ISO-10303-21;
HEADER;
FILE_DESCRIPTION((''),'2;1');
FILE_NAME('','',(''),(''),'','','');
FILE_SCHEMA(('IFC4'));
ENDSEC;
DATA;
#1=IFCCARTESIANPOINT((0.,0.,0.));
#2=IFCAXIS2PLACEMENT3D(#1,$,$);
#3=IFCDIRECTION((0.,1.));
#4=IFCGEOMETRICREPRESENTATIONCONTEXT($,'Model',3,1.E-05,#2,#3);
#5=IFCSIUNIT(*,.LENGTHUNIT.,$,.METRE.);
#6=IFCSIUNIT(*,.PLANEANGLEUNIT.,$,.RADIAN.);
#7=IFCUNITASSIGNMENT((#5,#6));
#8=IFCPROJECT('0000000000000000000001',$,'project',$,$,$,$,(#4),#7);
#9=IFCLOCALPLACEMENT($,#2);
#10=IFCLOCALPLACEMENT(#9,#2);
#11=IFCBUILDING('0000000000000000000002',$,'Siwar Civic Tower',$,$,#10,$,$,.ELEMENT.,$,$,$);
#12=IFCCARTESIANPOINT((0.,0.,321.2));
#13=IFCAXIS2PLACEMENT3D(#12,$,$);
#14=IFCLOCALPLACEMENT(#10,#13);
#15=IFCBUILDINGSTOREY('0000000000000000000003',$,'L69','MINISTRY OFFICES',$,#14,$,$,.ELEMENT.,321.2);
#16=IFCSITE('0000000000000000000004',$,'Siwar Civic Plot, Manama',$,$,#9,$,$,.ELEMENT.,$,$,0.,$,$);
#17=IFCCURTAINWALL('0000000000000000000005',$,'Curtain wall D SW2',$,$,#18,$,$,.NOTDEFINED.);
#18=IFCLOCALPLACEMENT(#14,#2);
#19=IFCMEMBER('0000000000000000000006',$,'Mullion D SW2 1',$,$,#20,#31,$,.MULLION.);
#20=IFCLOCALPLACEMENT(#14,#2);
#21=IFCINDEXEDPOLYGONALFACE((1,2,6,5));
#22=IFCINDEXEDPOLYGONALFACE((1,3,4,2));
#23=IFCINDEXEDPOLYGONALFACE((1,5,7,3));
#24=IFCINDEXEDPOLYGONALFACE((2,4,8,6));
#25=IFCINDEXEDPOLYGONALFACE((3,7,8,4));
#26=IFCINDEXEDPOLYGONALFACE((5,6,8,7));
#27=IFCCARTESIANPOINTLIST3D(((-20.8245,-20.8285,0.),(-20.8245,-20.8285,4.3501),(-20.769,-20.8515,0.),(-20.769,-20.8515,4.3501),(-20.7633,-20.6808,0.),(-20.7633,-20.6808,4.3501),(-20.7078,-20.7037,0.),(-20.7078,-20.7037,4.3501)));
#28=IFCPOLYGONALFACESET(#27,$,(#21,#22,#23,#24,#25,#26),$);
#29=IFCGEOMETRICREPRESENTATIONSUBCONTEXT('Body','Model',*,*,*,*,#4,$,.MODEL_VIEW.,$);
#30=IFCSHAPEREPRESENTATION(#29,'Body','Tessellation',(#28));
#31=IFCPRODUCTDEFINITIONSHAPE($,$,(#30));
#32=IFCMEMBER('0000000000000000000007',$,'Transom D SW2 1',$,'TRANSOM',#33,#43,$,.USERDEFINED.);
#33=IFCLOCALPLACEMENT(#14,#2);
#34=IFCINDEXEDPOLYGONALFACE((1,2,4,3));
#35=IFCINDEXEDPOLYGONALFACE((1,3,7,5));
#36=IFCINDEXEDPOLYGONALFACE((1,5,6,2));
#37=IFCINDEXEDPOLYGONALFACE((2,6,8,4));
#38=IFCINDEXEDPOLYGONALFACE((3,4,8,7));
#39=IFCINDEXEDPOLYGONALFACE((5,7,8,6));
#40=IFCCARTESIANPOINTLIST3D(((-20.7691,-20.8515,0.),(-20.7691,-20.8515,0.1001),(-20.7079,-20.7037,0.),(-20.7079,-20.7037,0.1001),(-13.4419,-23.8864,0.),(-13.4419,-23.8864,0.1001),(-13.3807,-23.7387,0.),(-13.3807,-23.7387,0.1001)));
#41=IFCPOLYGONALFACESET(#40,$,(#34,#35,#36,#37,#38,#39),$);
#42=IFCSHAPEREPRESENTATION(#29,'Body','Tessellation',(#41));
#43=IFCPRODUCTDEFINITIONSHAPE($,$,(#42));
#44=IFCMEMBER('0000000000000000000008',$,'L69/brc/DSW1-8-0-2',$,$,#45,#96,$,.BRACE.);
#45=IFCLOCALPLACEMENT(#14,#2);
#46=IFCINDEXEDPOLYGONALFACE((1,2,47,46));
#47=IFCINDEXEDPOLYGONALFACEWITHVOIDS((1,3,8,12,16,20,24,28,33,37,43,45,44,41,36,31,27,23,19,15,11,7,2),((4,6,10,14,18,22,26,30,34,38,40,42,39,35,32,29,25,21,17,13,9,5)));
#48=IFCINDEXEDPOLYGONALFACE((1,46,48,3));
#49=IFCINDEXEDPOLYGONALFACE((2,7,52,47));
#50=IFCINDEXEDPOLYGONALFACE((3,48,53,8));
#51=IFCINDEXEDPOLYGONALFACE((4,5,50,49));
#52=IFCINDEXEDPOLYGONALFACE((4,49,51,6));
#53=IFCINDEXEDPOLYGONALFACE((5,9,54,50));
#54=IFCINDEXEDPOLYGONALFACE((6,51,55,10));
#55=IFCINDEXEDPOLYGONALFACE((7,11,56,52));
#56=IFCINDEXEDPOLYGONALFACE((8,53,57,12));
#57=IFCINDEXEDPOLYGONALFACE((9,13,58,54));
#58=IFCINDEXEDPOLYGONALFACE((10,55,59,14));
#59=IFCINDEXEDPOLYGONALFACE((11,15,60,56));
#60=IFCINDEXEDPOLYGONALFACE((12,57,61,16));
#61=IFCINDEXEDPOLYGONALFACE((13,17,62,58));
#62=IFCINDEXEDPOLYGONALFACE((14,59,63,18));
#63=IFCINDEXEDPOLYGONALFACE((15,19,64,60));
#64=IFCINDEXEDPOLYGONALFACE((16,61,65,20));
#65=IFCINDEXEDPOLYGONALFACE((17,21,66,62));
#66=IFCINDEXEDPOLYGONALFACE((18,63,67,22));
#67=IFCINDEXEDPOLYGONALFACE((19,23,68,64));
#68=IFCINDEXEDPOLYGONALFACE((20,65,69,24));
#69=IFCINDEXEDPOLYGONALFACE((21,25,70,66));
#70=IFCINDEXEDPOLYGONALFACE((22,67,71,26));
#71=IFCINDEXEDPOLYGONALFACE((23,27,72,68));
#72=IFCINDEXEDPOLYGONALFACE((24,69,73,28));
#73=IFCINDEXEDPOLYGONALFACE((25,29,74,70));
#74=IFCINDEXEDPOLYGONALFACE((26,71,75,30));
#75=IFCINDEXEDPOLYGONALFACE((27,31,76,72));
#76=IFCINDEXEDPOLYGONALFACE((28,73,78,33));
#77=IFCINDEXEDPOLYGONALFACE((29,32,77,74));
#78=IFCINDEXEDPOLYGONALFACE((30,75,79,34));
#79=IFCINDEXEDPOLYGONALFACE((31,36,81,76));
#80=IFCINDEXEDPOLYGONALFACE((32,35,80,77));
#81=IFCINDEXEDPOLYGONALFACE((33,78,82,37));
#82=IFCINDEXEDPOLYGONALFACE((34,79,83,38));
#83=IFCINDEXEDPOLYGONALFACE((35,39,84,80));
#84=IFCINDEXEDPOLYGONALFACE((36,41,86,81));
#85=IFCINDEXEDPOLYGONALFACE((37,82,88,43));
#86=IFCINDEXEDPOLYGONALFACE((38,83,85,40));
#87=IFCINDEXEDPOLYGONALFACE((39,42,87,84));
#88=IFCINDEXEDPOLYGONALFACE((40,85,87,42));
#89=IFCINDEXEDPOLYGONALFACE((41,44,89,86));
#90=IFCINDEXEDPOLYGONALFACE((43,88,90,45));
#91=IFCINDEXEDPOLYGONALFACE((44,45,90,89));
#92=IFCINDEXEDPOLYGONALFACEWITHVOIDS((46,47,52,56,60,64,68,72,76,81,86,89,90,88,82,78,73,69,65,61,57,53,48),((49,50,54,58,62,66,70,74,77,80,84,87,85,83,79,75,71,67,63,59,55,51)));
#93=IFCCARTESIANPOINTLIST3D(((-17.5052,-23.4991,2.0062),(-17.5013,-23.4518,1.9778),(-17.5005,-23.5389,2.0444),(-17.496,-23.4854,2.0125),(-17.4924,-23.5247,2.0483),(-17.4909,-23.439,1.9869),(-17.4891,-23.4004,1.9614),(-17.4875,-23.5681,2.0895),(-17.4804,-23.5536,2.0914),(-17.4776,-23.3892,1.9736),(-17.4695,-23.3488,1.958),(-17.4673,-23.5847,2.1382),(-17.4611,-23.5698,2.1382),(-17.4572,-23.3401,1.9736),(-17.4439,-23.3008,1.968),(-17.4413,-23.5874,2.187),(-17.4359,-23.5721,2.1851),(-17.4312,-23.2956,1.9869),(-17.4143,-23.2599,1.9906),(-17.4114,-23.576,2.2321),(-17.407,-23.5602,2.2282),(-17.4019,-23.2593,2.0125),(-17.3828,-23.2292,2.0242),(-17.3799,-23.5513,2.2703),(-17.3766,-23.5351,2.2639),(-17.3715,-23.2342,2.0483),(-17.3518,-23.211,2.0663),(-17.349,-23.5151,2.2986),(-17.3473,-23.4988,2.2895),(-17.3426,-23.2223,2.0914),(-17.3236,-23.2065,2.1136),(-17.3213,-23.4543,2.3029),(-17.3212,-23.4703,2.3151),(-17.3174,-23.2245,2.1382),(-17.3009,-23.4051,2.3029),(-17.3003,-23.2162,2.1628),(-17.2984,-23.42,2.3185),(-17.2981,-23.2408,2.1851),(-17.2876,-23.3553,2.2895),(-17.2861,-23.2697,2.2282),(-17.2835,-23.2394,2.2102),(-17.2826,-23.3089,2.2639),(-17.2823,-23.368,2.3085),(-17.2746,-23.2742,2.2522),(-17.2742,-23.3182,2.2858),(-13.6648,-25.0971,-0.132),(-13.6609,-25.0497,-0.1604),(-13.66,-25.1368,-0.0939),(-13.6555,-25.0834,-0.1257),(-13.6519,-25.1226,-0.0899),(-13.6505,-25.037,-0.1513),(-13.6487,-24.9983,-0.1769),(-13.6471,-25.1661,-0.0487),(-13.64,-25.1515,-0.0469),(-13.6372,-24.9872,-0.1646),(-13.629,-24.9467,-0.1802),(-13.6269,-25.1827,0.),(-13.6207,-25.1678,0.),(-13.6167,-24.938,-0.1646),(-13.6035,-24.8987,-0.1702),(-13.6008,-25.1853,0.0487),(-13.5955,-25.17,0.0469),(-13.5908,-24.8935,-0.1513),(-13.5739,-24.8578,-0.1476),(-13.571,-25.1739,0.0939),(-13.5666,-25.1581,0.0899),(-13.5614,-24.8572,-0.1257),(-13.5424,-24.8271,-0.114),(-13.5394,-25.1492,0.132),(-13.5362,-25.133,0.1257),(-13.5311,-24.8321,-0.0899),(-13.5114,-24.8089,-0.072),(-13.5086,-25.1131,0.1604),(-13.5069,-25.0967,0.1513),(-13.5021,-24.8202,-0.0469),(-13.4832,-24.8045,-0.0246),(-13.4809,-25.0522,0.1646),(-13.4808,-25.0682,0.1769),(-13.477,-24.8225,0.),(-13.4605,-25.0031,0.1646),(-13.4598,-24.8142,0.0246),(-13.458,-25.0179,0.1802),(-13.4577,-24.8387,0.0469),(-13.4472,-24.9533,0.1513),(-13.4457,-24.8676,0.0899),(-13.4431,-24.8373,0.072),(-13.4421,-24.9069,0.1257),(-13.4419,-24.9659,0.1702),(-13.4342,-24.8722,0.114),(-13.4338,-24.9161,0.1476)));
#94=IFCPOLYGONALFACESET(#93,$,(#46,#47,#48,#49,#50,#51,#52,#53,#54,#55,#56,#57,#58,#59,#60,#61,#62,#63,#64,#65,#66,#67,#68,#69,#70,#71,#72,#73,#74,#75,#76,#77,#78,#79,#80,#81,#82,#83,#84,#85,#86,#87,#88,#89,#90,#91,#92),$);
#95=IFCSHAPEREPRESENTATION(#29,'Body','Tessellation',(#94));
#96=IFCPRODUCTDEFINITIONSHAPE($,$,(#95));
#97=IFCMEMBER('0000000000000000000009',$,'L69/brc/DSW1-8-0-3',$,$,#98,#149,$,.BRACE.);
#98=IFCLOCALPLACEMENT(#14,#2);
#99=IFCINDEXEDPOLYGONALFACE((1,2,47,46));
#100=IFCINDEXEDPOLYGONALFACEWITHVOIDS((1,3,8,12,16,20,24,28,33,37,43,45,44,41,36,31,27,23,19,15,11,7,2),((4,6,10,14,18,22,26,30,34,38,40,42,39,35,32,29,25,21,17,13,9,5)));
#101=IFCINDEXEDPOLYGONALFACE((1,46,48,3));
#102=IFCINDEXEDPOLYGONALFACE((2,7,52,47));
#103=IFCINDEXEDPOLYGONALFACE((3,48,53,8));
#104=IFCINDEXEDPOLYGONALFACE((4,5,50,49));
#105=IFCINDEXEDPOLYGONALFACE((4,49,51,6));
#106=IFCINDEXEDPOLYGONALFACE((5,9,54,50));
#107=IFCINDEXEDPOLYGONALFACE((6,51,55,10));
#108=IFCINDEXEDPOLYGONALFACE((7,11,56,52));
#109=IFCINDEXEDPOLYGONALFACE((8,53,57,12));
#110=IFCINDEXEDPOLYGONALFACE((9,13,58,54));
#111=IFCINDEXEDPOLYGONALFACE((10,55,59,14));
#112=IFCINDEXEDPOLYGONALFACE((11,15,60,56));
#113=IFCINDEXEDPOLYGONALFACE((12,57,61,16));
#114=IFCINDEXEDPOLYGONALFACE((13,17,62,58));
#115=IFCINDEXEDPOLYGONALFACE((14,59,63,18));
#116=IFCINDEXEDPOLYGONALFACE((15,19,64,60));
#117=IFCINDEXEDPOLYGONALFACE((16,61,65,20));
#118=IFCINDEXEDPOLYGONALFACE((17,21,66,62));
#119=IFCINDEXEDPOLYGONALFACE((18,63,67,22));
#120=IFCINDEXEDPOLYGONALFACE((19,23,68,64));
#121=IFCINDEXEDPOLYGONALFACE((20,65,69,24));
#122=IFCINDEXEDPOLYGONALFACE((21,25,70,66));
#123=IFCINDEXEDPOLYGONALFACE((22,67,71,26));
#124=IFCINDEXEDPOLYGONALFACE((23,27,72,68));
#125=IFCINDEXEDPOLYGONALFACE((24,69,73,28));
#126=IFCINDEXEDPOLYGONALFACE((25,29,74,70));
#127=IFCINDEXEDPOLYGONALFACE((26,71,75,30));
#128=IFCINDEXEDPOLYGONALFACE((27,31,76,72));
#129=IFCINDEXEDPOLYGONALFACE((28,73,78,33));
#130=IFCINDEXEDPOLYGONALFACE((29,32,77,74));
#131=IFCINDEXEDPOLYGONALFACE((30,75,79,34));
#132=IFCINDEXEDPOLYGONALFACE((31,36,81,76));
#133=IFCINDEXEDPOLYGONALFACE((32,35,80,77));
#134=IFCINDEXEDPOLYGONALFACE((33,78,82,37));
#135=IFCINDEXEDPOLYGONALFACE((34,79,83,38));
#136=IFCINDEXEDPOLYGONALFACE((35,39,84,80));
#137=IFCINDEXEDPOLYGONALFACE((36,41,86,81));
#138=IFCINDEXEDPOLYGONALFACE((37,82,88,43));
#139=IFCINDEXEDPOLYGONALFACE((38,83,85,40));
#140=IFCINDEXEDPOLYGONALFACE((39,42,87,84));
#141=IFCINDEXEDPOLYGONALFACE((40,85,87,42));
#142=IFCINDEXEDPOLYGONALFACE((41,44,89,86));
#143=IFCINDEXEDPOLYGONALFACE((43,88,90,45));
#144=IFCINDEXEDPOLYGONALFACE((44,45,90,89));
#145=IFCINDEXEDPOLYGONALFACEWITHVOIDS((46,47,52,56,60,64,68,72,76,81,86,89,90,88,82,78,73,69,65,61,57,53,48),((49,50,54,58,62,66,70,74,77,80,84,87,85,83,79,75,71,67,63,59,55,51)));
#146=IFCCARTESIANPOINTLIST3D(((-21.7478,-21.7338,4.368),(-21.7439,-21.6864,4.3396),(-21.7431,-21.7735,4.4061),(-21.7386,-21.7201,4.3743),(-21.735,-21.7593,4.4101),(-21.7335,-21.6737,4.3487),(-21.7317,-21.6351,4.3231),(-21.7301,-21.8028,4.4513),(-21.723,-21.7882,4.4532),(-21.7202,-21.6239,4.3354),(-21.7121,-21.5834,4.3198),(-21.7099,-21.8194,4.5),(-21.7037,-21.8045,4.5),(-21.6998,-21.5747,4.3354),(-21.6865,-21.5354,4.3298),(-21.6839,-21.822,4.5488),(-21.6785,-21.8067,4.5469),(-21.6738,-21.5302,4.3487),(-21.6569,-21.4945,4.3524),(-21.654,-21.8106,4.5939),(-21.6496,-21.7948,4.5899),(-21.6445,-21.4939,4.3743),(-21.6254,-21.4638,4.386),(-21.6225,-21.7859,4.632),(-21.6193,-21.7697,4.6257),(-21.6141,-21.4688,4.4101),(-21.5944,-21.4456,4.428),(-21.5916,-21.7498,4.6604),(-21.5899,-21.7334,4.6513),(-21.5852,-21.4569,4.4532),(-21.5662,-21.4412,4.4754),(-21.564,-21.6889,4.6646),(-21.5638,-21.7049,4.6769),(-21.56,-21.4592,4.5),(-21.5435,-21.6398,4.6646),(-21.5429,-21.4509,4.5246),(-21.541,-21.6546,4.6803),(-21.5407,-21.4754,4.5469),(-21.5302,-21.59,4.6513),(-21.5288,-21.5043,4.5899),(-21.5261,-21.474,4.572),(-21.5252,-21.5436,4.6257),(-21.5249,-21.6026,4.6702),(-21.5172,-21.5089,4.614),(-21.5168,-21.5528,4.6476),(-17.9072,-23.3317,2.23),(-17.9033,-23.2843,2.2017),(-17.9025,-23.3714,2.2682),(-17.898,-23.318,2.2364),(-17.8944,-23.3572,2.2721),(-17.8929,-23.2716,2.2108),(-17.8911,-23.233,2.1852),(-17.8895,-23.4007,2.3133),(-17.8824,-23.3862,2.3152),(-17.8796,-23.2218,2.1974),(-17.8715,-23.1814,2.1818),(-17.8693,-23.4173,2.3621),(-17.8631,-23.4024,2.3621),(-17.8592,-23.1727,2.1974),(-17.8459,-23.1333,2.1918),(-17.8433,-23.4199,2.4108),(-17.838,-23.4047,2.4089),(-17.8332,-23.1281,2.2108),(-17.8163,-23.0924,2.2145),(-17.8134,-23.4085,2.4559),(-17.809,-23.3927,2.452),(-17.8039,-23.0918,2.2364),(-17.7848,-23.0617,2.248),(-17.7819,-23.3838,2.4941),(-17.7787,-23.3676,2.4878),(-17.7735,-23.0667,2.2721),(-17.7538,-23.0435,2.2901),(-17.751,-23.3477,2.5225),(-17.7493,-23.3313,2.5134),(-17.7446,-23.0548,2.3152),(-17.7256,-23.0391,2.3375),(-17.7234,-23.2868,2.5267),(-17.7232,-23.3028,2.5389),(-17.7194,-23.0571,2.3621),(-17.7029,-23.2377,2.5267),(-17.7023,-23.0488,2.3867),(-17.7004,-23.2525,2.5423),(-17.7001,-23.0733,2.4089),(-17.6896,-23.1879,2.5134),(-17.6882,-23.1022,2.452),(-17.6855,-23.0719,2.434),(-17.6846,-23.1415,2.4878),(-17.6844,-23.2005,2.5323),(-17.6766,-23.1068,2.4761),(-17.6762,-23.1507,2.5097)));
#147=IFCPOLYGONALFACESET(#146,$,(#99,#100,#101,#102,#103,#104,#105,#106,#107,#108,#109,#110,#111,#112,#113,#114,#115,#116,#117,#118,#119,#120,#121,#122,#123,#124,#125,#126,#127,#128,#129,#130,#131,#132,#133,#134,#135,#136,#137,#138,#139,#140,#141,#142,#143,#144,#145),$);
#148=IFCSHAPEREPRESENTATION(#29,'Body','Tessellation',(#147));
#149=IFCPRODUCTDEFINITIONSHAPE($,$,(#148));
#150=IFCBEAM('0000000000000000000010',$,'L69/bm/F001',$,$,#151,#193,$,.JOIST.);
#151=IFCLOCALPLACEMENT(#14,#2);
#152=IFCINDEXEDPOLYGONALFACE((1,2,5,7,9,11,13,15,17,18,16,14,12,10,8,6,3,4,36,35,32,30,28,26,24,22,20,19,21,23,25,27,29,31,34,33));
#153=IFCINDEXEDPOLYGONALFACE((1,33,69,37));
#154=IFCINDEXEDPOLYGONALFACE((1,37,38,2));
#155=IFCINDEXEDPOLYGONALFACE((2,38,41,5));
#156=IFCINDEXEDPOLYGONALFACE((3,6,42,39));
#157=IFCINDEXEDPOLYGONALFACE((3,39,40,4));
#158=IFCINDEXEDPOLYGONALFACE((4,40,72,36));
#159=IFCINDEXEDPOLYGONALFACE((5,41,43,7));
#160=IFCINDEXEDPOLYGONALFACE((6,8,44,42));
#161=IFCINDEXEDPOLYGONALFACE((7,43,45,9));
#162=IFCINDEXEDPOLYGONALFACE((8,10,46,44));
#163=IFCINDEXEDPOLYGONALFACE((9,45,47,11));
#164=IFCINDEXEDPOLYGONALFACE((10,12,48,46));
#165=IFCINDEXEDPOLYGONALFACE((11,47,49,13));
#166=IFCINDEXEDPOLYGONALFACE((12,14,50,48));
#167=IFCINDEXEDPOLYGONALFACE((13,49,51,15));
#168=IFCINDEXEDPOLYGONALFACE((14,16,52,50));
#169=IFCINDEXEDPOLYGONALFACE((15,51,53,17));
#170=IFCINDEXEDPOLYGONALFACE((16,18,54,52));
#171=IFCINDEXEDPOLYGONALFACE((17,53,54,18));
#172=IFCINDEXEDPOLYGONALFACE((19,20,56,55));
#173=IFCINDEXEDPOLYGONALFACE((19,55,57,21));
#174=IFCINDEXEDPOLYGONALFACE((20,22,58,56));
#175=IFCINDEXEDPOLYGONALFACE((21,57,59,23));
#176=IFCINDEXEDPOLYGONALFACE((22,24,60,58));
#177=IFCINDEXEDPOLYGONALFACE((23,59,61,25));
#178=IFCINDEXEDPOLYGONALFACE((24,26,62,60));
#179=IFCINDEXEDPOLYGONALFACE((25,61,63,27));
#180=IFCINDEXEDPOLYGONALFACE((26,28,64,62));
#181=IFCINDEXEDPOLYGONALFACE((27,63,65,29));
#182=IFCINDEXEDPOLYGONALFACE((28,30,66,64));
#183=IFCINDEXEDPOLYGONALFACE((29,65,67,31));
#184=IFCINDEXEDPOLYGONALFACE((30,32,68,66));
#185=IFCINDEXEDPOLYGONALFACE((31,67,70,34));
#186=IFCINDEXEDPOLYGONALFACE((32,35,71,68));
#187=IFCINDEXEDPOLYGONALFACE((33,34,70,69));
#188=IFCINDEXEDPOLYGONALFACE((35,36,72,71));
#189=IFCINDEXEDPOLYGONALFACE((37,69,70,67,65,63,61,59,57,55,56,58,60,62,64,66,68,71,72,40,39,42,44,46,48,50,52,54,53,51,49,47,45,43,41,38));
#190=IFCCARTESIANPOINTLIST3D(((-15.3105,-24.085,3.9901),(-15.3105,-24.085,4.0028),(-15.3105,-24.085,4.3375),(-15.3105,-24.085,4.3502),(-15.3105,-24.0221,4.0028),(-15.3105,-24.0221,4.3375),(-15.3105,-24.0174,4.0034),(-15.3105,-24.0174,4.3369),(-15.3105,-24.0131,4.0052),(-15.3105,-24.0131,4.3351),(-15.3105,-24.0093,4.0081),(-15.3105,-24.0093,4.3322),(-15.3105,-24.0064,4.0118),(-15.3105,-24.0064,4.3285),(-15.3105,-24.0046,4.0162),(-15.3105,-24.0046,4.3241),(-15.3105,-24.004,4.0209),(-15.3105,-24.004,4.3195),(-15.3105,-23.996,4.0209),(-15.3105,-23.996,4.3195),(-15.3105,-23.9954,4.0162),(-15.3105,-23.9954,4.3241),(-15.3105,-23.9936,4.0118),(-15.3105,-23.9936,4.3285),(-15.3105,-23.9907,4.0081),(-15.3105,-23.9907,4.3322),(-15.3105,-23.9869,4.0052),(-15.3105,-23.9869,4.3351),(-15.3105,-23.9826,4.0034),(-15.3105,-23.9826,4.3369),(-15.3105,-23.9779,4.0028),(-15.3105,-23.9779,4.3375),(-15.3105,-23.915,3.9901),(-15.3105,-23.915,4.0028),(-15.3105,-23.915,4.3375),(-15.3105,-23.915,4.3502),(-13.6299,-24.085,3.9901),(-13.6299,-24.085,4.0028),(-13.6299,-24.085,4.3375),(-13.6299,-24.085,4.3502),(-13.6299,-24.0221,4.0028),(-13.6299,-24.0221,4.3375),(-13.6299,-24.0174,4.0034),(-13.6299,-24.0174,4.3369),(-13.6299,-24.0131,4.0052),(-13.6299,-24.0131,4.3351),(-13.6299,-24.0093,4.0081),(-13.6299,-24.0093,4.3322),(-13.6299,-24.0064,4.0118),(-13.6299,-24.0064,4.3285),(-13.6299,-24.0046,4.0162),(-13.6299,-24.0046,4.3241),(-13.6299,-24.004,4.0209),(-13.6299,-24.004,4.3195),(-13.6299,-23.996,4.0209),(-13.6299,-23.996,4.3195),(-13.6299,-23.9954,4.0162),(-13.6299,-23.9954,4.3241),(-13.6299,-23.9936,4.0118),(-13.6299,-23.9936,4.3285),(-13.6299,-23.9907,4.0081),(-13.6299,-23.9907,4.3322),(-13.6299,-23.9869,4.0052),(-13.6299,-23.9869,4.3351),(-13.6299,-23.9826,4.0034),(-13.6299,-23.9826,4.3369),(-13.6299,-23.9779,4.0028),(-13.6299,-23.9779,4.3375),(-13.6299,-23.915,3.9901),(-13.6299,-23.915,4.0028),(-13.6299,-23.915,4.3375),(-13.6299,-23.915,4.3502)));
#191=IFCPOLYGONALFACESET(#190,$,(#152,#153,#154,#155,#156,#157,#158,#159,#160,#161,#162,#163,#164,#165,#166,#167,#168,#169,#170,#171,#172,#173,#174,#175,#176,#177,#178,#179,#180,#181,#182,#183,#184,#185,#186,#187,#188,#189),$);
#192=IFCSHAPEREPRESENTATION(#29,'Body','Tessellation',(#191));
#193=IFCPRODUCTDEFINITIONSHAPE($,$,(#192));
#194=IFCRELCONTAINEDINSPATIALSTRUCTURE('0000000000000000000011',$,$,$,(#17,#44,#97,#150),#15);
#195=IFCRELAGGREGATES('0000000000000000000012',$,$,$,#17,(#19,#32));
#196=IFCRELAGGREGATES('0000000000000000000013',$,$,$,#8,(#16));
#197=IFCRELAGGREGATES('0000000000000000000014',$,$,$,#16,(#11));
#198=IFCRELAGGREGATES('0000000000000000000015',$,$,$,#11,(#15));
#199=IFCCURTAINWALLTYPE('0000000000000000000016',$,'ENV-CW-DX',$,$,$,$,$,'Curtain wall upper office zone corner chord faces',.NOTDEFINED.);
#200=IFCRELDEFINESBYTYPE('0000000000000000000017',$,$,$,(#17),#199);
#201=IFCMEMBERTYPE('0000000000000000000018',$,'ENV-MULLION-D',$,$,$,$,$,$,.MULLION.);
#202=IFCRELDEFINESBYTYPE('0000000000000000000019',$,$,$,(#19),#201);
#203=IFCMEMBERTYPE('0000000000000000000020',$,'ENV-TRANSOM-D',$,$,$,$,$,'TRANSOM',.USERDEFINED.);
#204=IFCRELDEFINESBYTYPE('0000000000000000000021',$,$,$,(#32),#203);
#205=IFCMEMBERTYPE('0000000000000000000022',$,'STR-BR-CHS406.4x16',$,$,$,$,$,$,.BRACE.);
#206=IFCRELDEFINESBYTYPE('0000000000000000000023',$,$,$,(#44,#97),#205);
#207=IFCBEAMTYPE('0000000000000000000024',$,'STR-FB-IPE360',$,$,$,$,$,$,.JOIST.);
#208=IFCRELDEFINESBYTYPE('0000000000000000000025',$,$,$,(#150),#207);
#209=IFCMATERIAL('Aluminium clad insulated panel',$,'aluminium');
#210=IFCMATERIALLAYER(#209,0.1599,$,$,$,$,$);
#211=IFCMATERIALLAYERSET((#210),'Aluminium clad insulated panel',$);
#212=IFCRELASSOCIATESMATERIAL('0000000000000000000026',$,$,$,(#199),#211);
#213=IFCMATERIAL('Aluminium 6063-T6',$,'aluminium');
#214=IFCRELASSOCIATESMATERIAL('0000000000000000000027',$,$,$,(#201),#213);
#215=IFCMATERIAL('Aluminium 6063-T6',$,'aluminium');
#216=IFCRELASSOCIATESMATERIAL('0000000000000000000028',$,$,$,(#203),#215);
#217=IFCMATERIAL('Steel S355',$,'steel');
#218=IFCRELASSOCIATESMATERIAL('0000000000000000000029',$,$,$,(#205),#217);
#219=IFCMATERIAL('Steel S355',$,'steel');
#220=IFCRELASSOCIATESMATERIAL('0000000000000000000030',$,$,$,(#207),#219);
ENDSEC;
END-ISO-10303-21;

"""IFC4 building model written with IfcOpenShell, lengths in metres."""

from ifc_helpers import new_model, si_unit, direction, frame, origin, origin_2d, place, context, subcontext, project, spatial, rectangle, hollow_circle, i_section, extrude, material, layer, layer_set, material_profile, profile_set, type_object, element, aggregate, save


model = new_model("IFC4")

# Units and contexts
model_context = context("Model", 3, precision=1e-05, world=origin(), true_north=direction((0.0, 1.0)))
body_context = subcontext(model_context, "Body", "Model", "MODEL_VIEW")
ifc_project = project(units=[si_unit("LENGTHUNIT", "METRE"), si_unit("PLANEANGLEUNIT", "RADIAN")], contexts=[model_context])

# Site, building, storey
site_placement = place(None, origin())
site = spatial("IfcSite", under=ifc_project, at=site_placement, Name="Siwar Civic Plot, Manama", CompositionType="ELEMENT", RefElevation=0.0)
building_placement = place(site_placement, origin())
building = spatial("IfcBuilding", under=site, at=building_placement, Name="Siwar Civic Tower", CompositionType="ELEMENT")
storey_placement = place(building_placement, frame((0.0, 0.0, 321.2)))
storey = spatial("IfcBuildingStorey", under=building, at=storey_placement, Name="L69", Description="MINISTRY OFFICES", CompositionType="ELEMENT", Elevation=321.2)

# Curtain wall, members
ifc_material_1 = material(Name="Aluminium clad insulated panel", Category="aluminium")
ifc_layer_1 = layer(ifc_material_1, 0.1599)
ifc_layer_set_1 = layer_set([ifc_layer_1], Name="Aluminium clad insulated panel")
curtain_wall_type = type_object("IfcCurtainWallType", Name="ENV-CW-DX", ElementType="Curtain wall upper office zone corner chord faces", PredefinedType="NOTDEFINED", material=ifc_layer_set_1)
curtain_wall_placement = place(storey_placement, origin())
curtain_wall = element("IfcCurtainWall", 1, at=curtain_wall_placement, inside=storey, type_object=curtain_wall_type, Name="Curtain wall D SW2", PredefinedType="NOTDEFINED")
ifc_material_2 = material(Name="Aluminium 6063-T6", Category="aluminium")
ifc_material_profile_1 = material_profile(ifc_material_2, rectangle(XDim=0.1599, YDim=0.0601, at=origin_2d()), Name="AL 160x60")
ifc_profile_set_1 = profile_set([ifc_material_profile_1], Name="Aluminium 6063-T6")
member_type_1 = type_object("IfcMemberType", Name="ENV-MULLION-D", PredefinedType="MULLION", material=ifc_profile_set_1)
member_1_placement = place(storey_placement, frame((-20.7661, -20.7661, 0.0), z_axis=(0.0, 0.0, 1.0), x_axis=(0.382683, 0.92388, 0.0)))
member_1 = element("IfcMember", 2, at=member_1_placement, type_object=member_type_1, Name="Mullion D SW2 1", PredefinedType="MULLION", context=body_context, shape_type="SweptSolid", body=[
    extrude(rectangle(XDim=0.1599, YDim=0.0601, at=origin_2d()), origin(), (0.0, 0.0, 1.0), 4.3501),
])
ifc_material_3 = material(Name="Aluminium 6063-T6", Category="aluminium")
ifc_material_profile_2 = material_profile(ifc_material_3, rectangle(XDim=0.1599, YDim=0.1001, at=origin_2d()), Name="AL 160x100")
ifc_profile_set_2 = profile_set([ifc_material_profile_2], Name="Aluminium 6063-T6")
member_type_2 = type_object("IfcMemberType", Name="ENV-TRANSOM-D", ElementType="TRANSOM", PredefinedType="USERDEFINED", material=ifc_profile_set_2)
member_2_placement = place(storey_placement, frame((-20.7385, -20.7776, 0.05), z_axis=(0.923884, -0.382674, 0.0), x_axis=(0.382674, 0.923884, 0.0)))
member_2 = element("IfcMember", 3, at=member_2_placement, type_object=member_type_2, Name="Transom D SW2 1", ObjectType="TRANSOM", PredefinedType="USERDEFINED", context=body_context, shape_type="SweptSolid", body=[
    extrude(rectangle(XDim=0.1599, YDim=0.1001, at=origin_2d()), origin(), (0.0, 0.0, 1.0), 7.9309),
])

# Members
ifc_material_4 = material(Name="Steel S355", Category="steel")
ifc_material_profile_3 = material_profile(ifc_material_4, hollow_circle(Radius=0.2031, WallThickness=0.0161, at=origin_2d()), Name="CHS406.4x16")
ifc_profile_set_3 = profile_set([ifc_material_profile_3], Name="Steel S355")
member_type_3 = type_object("IfcMemberType", Name="STR-BR-CHS406.4x16", PredefinedType="BRACE", material=ifc_profile_set_3)
for number, where, z_axis, x_axis, name in (
    (4, (-13.5488, -24.9951, 0.0), (-0.82113, 0.341659, 0.457181), (-0.384157, -0.923268, 0.0), "L69/brc/DSW1-8-0-2"),
    (5, (-17.7913, -23.2297, 2.3621), (-0.821167, 0.341653, 0.45712), (-0.384136, -0.923276, 0.0), "L69/brc/DSW1-8-0-3"),
):
    element("IfcMember", number, at=place(storey_placement, frame(where, z_axis=z_axis, x_axis=x_axis)), inside=storey, type_object=member_type_3, Name=name, PredefinedType="BRACE", context=body_context, shape_type="SweptSolid", body=[
        extrude(hollow_circle(Radius=0.2031, WallThickness=0.0161, at=origin_2d()), origin(), (0.0, 0.0, 1.0), 4.677),
    ])

# Beam
ifc_material_5 = material(Name="Steel S355", Category="steel")
ifc_material_profile_4 = material_profile(ifc_material_5, i_section(OverallWidth=0.1699, OverallDepth=0.3601, WebThickness=0.0081, FlangeThickness=0.0127, FilletRadius=0.0181, at=origin_2d()), Name="IPE360")
ifc_profile_set_4 = profile_set([ifc_material_profile_4], Name="Steel S355")
beam_type = type_object("IfcBeamType", Name="STR-FB-IPE360", PredefinedType="JOIST", material=ifc_profile_set_4)
beam_placement = place(storey_placement, frame((-15.3105, -24.0, 4.1702), z_axis=(1.0, 0.0, 0.0), x_axis=(0.0, 1.0, 0.0)))
element("IfcBeam", 6, at=beam_placement, inside=storey, type_object=beam_type, Name="L69/bm/F001", PredefinedType="JOIST", context=body_context, shape_type="SweptSolid", body=[
    extrude(i_section(OverallWidth=0.1699, OverallDepth=0.3601, WebThickness=0.0081, FlangeThickness=0.0127, FilletRadius=0.0181, at=origin_2d()), origin(), (0.0, 0.0, 1.0), 1.6807),
])

aggregate(curtain_wall, [member_1, member_2])

save(model, "model.ifc")
